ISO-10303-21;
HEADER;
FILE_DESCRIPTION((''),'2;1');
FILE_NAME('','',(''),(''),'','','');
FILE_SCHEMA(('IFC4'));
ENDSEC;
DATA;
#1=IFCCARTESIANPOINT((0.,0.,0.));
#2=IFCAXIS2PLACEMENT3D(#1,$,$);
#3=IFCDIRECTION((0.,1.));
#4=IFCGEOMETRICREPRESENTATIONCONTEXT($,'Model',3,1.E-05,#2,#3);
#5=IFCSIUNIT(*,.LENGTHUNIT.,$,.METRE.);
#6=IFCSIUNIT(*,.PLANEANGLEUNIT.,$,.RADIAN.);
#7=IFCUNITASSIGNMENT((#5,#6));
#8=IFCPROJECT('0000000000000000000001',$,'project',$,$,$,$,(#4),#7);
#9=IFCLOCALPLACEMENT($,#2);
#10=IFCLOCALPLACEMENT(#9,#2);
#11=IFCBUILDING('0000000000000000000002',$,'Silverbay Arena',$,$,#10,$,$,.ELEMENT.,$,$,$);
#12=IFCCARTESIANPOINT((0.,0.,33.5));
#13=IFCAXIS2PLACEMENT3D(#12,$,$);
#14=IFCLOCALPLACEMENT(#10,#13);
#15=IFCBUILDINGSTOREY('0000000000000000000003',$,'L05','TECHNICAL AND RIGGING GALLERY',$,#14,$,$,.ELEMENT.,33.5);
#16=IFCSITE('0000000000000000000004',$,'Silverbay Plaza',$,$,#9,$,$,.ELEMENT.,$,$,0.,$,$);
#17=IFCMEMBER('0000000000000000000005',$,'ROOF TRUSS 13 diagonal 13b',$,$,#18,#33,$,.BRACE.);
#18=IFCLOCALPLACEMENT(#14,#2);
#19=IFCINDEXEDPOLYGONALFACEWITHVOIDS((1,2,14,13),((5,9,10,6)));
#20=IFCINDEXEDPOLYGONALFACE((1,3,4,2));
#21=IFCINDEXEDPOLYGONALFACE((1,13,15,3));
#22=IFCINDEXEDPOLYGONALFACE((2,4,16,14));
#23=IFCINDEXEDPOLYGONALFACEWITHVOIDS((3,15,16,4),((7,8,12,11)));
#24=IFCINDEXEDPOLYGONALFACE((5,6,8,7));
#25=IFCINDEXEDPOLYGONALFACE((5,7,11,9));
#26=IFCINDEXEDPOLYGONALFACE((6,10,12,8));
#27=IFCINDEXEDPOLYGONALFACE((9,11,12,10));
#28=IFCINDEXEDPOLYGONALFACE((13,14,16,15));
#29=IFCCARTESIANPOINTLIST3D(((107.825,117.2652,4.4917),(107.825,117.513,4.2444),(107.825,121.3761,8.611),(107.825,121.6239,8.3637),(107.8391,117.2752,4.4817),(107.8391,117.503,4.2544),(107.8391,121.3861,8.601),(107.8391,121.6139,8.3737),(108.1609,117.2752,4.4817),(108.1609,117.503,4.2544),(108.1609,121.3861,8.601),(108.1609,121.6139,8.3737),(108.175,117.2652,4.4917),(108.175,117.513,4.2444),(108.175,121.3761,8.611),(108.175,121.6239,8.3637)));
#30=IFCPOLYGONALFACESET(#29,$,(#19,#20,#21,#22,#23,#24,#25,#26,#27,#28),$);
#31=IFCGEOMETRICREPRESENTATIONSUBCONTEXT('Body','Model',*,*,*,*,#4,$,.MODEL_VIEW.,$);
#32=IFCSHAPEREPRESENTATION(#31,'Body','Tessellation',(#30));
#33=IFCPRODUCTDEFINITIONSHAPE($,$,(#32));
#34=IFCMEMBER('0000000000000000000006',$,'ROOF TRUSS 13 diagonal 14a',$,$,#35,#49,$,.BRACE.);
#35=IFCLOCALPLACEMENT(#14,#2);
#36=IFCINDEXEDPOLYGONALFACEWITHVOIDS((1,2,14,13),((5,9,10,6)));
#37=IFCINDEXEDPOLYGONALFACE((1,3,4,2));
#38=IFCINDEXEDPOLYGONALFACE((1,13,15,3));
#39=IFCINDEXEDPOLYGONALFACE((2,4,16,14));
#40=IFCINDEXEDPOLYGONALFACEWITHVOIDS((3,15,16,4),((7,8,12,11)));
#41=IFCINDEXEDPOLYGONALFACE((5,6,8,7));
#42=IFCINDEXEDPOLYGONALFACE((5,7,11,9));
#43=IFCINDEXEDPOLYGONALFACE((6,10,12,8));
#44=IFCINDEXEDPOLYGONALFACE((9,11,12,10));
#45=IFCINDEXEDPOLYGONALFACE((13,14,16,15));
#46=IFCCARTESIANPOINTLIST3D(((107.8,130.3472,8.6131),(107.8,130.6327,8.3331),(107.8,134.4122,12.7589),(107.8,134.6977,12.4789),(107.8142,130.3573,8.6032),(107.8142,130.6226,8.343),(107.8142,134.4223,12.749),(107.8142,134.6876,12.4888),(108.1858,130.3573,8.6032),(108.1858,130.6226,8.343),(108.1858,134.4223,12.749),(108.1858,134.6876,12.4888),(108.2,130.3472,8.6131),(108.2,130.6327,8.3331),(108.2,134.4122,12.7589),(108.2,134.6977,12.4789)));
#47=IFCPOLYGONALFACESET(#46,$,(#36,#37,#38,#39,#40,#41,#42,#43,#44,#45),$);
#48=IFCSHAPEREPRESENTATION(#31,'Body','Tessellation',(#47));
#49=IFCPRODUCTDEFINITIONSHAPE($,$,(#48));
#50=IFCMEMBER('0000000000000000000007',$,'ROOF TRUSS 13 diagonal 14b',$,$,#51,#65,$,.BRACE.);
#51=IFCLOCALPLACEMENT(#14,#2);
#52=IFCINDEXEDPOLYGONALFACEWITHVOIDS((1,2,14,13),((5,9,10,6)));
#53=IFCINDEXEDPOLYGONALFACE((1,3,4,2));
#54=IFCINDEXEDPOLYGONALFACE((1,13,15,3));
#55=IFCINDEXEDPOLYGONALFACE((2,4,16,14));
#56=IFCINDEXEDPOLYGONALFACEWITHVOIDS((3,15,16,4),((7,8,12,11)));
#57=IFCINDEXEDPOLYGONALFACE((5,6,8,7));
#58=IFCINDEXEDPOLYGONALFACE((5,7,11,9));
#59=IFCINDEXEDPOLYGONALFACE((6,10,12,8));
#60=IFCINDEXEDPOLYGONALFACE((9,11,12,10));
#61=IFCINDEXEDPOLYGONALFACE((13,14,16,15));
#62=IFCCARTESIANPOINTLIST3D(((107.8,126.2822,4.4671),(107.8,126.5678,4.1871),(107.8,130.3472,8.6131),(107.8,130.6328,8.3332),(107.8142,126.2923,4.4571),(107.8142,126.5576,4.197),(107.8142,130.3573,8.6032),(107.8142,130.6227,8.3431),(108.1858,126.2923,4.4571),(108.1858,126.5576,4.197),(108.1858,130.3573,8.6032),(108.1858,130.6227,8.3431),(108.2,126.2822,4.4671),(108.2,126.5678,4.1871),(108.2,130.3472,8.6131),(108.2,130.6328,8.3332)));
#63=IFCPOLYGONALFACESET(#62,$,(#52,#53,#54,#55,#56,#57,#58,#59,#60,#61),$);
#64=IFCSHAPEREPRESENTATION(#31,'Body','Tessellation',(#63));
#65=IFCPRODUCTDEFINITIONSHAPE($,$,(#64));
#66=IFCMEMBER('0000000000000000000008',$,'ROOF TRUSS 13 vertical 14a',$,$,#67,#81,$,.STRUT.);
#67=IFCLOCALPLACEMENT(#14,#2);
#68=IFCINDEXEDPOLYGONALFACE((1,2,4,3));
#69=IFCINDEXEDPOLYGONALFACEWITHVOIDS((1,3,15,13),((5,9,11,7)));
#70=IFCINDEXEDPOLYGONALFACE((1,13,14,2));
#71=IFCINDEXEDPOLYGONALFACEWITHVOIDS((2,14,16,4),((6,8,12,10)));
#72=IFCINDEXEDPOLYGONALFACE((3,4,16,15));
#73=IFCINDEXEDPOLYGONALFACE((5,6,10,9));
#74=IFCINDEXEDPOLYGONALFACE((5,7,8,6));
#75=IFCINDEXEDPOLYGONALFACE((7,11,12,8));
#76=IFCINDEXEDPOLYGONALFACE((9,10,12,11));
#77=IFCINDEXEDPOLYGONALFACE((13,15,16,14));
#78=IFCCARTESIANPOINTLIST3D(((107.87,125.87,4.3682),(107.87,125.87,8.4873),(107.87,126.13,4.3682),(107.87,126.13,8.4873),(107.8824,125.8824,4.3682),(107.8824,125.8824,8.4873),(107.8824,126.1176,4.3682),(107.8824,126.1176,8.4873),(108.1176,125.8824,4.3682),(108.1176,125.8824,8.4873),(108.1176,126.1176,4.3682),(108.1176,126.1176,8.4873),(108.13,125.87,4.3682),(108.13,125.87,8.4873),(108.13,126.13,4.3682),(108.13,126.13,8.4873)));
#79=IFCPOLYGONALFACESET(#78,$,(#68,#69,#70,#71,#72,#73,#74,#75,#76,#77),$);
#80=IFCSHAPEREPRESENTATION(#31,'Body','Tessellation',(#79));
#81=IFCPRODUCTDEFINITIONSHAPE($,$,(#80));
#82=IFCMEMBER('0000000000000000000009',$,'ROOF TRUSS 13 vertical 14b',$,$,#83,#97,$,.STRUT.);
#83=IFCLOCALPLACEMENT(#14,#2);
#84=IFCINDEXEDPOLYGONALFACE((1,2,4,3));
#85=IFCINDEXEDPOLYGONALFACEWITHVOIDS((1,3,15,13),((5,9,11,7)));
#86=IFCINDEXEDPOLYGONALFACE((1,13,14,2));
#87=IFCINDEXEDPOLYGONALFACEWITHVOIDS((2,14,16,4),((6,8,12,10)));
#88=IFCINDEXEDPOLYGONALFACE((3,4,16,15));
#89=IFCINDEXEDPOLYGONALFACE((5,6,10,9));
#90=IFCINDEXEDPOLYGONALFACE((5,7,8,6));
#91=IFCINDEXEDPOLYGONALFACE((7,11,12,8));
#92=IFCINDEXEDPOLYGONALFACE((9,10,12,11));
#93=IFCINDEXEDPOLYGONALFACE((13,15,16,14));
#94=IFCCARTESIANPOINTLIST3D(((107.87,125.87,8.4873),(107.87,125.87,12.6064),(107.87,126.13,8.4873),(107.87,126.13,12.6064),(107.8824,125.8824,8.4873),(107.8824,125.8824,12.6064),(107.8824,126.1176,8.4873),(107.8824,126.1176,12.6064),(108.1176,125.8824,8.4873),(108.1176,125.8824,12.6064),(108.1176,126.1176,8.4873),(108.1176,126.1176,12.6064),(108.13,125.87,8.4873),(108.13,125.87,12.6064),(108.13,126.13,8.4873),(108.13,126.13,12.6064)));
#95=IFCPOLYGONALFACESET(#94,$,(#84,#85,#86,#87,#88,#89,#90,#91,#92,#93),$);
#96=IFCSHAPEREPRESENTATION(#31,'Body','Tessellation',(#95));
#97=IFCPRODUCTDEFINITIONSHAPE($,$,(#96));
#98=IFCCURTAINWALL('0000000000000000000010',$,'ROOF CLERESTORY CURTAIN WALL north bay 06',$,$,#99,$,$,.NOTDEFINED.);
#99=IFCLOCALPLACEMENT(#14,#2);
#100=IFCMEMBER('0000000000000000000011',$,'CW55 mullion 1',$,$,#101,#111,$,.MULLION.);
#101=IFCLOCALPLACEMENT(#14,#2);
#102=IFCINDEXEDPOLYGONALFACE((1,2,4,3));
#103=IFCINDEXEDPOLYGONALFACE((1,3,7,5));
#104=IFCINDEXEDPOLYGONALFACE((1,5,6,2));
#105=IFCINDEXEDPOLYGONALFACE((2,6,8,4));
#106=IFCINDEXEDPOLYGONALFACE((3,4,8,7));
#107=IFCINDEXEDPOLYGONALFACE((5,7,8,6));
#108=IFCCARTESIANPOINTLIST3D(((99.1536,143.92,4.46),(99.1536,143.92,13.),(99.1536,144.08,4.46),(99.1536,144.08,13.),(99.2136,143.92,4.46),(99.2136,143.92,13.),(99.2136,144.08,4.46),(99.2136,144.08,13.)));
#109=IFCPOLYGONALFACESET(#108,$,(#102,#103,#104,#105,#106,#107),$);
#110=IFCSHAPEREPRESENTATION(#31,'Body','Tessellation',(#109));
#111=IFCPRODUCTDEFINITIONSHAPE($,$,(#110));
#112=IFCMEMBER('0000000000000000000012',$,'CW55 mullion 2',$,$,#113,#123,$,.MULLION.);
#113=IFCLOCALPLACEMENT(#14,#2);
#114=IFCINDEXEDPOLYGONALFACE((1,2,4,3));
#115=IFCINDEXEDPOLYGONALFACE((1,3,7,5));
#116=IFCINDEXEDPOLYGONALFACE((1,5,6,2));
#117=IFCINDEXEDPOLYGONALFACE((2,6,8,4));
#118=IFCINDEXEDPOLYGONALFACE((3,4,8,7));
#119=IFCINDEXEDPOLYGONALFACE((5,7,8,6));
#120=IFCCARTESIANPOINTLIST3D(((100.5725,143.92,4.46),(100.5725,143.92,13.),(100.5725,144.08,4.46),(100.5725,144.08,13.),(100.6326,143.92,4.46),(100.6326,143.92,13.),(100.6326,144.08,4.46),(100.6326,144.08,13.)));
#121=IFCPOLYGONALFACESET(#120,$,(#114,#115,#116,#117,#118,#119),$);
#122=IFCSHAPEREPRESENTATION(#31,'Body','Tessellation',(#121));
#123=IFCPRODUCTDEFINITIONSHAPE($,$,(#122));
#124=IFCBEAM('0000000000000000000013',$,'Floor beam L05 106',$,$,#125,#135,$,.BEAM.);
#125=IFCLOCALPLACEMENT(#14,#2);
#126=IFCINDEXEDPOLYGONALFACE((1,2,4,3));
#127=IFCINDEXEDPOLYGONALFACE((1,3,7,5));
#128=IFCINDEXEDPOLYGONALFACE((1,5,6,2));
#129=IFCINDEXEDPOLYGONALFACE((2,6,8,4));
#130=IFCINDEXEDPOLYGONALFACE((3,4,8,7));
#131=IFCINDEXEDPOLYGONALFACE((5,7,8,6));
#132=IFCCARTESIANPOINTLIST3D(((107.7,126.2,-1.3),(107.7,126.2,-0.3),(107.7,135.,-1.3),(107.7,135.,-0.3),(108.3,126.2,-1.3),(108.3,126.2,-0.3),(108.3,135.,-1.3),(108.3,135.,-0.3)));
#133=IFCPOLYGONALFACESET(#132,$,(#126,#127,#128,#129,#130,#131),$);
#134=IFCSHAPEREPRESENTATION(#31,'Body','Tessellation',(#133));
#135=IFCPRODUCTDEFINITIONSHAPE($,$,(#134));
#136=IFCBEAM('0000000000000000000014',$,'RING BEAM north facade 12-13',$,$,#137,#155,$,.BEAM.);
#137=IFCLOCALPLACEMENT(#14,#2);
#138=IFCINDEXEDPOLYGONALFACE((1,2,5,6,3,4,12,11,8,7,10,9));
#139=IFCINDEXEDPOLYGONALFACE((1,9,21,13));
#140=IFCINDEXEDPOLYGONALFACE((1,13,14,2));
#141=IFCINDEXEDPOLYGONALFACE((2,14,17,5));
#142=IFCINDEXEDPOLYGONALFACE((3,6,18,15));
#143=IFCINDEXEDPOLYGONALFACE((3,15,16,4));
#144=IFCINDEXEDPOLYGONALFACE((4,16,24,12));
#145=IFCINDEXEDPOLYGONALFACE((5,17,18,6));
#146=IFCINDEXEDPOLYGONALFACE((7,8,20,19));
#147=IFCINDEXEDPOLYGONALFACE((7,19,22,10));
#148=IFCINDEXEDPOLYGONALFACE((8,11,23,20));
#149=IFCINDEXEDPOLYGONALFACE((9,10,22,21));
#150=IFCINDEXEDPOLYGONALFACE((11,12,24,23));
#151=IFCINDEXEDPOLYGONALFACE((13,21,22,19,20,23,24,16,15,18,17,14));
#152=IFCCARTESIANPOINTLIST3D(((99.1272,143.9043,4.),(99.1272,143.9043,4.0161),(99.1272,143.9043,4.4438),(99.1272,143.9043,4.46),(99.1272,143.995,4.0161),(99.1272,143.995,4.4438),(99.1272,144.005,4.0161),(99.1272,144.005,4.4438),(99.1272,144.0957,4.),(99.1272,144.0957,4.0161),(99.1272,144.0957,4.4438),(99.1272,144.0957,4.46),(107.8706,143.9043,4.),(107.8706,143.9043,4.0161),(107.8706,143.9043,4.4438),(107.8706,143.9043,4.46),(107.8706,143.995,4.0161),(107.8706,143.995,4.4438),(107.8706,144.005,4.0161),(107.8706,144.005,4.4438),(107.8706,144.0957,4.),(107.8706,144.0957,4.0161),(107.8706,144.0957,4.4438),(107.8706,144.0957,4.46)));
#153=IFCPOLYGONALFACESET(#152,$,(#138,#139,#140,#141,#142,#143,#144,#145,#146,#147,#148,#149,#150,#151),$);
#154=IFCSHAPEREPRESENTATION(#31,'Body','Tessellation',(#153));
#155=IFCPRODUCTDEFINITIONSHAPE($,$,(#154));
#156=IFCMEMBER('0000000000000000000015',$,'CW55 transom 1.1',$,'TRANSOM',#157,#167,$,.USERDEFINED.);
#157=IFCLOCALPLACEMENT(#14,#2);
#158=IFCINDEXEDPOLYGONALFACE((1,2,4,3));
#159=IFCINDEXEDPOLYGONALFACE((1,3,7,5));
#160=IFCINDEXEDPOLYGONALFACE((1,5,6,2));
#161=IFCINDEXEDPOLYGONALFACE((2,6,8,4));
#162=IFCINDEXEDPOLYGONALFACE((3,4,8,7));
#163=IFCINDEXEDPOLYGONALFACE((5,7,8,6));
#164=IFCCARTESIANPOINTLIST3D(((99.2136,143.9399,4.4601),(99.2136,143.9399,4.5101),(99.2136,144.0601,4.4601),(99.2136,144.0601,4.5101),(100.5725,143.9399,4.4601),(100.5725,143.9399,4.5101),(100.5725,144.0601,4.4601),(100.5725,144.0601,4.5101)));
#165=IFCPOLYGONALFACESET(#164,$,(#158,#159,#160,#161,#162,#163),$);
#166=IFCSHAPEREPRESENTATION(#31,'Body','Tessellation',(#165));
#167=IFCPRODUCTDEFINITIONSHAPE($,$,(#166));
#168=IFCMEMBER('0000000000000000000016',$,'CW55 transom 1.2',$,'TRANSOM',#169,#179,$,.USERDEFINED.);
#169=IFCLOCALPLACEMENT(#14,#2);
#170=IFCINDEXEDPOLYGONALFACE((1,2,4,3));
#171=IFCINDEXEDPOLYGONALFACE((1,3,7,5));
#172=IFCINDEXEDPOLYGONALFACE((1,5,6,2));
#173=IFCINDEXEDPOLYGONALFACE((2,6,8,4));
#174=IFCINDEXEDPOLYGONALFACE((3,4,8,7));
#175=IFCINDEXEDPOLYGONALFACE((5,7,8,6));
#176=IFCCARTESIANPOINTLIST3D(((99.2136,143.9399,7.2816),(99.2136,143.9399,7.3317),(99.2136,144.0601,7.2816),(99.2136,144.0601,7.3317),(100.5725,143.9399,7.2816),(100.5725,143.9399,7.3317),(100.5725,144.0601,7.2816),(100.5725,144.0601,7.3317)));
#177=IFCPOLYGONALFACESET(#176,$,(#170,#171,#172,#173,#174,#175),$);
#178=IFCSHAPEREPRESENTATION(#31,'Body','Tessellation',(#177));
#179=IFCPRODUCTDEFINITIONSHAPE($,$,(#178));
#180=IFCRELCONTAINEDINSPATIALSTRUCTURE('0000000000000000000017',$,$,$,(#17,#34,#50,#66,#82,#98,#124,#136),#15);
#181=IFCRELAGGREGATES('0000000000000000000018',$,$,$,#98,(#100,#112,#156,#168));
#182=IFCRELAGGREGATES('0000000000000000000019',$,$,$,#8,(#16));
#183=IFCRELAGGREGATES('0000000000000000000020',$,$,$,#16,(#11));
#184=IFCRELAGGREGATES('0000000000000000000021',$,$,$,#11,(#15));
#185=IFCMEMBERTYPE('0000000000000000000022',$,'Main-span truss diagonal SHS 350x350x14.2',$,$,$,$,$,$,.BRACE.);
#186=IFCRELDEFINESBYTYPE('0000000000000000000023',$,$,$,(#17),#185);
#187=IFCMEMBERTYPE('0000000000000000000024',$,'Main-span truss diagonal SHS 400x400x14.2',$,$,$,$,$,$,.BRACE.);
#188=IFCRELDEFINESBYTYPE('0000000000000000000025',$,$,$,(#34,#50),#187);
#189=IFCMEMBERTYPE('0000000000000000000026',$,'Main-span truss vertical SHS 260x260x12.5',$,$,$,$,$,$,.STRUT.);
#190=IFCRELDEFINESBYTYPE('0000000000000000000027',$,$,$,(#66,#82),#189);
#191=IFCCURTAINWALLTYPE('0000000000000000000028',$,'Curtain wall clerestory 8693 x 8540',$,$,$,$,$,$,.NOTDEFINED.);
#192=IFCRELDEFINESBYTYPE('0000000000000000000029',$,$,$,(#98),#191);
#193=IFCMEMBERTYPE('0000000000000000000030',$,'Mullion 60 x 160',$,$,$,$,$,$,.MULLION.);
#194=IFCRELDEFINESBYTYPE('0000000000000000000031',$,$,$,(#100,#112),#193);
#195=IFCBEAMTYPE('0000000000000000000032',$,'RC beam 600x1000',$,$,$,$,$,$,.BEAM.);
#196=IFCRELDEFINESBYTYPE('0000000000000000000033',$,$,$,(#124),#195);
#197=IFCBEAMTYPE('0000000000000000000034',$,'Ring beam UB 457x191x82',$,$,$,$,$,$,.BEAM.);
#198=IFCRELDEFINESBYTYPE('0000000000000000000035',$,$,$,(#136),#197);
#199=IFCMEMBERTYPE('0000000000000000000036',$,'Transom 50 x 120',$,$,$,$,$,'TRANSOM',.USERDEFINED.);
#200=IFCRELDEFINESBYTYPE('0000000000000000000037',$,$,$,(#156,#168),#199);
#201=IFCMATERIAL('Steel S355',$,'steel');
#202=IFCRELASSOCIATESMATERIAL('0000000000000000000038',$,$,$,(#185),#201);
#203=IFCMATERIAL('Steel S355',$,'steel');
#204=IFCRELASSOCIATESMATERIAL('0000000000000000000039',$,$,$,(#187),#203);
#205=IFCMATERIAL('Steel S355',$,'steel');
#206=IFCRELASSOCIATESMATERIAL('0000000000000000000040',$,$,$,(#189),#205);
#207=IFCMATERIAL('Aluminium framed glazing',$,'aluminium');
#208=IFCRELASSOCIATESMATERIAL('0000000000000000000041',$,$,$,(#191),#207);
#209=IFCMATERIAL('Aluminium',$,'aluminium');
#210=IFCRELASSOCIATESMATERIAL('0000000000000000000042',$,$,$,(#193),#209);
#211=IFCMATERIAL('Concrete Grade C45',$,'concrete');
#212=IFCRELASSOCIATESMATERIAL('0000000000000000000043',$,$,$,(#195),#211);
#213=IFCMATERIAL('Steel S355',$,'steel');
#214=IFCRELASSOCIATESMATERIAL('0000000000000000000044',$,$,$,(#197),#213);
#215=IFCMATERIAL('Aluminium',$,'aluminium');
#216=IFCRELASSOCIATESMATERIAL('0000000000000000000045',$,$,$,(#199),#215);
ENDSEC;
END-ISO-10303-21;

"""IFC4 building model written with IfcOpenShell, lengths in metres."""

from ifc_helpers import new_model, si_unit, direction, frame, origin, origin_2d, place, context, subcontext, project, spatial, rectangle, hollow_rectangle, i_section, extrude, material, material_profile, profile_set, type_object, element, aggregate, save


model = new_model("IFC4")

# Units and contexts
model_context = context("Model", 3, precision=1e-05, world=origin(), true_north=direction((0.0, 1.0)))
body_context = subcontext(model_context, "Body", "Model", "MODEL_VIEW")
ifc_project = project(units=[si_unit("LENGTHUNIT", "METRE"), si_unit("PLANEANGLEUNIT", "RADIAN")], contexts=[model_context])

# Site, building, storey
site_placement = place(None, origin())
site = spatial("IfcSite", under=ifc_project, at=site_placement, Name="Silverbay Plaza", CompositionType="ELEMENT", RefElevation=0.0)
building_placement = place(site_placement, origin())
building = spatial("IfcBuilding", under=site, at=building_placement, Name="Silverbay Arena", CompositionType="ELEMENT")
storey_placement = place(building_placement, frame((0.0, 0.0, 33.5)))
storey = spatial("IfcBuildingStorey", under=building, at=storey_placement, Name="L05", Description="TECHNICAL AND RIGGING GALLERY", CompositionType="ELEMENT", Elevation=33.5)

# Members
ifc_material_1 = material(Name="Steel S355", Category="steel")
ifc_material_profile_1 = material_profile(ifc_material_1, hollow_rectangle(XDim=0.3501, YDim=0.3501, WallThickness=0.0142, at=origin_2d()), Name="SHS 350x350x14.2")
ifc_profile_set_1 = profile_set([ifc_material_profile_1], Name="Steel S355")
member_type_1 = type_object("IfcMemberType", Name="Main-span truss diagonal SHS 350x350x14.2", PredefinedType="BRACE", material=ifc_profile_set_1)
for number, where, z_axis, x_axis, name in (
    (1, (108.0, 121.5, 8.4873), (0.0, -0.706393, -0.70782), (1.0, 0.0, 0.0), "ROOF TRUSS 13 diagonal 13b"),
):
    element("IfcMember", number, at=place(storey_placement, frame(where, z_axis=z_axis, x_axis=x_axis)), inside=storey, type_object=member_type_1, Name=name, PredefinedType="BRACE", context=body_context, shape_type="SweptSolid", body=[
        extrude(hollow_rectangle(XDim=0.3501, YDim=0.3501, WallThickness=0.0142, at=origin_2d()), origin(), (0.0, 0.0, 1.0), 5.8196),
    ])
ifc_material_2 = material(Name="Steel S355", Category="steel")
ifc_material_profile_2 = material_profile(ifc_material_2, hollow_rectangle(XDim=0.3999, YDim=0.3999, WallThickness=0.0142, at=origin_2d()), Name="SHS 400x400x14.2")
ifc_profile_set_2 = profile_set([ifc_material_profile_2], Name="Steel S355")
member_type_2 = type_object("IfcMemberType", Name="Main-span truss diagonal SHS 400x400x14.2", PredefinedType="BRACE", material=ifc_profile_set_2)
member_1_placement = place(storey_placement, frame((108.0, 134.5549, 12.6189), z_axis=(0.0, -0.700113, -0.714032), x_axis=(1.0, 0.0, 0.0)))
element("IfcMember", 2, at=member_1_placement, inside=storey, type_object=member_type_2, Name="ROOF TRUSS 13 diagonal 14a", PredefinedType="BRACE", context=body_context, shape_type="SweptSolid", body=[
    extrude(hollow_rectangle(XDim=0.3999, YDim=0.3999, WallThickness=0.0142, at=origin_2d()), origin(), (0.0, 0.0, 1.0), 5.8062),
])
member_2_placement = place(storey_placement, frame((108.0, 130.49, 8.4731), z_axis=(0.0, -0.700092, -0.714052), x_axis=(1.0, 0.0, 0.0)))
element("IfcMember", 3, at=member_2_placement, inside=storey, type_object=member_type_2, Name="ROOF TRUSS 13 diagonal 14b", PredefinedType="BRACE", context=body_context, shape_type="SweptSolid", body=[
    extrude(hollow_rectangle(XDim=0.3999, YDim=0.3999, WallThickness=0.0142, at=origin_2d()), origin(), (0.0, 0.0, 1.0), 5.8064),
])
ifc_material_3 = material(Name="Steel S355", Category="steel")
ifc_material_profile_3 = material_profile(ifc_material_3, hollow_rectangle(XDim=0.26, YDim=0.26, WallThickness=0.0125, at=origin_2d()), Name="SHS 260x260x12.5")
ifc_profile_set_3 = profile_set([ifc_material_profile_3], Name="Steel S355")
member_type_3 = type_object("IfcMemberType", Name="Main-span truss vertical SHS 260x260x12.5", PredefinedType="STRUT", material=ifc_profile_set_3)
for number, where, z_axis, x_axis, name in (
    (4, (108.0, 126.0, 4.3682), (0.0, 0.0, 1.0), (1.0, 0.0, 0.0), "ROOF TRUSS 13 vertical 14a"),
    (5, (108.0, 126.0, 8.4873), (0.0, 0.0, 1.0), (1.0, 0.0, 0.0), "ROOF TRUSS 13 vertical 14b"),
):
    element("IfcMember", number, at=place(storey_placement, frame(where, z_axis=z_axis, x_axis=x_axis)), inside=storey, type_object=member_type_3, Name=name, PredefinedType="STRUT", context=body_context, shape_type="SweptSolid", body=[
        extrude(hollow_rectangle(XDim=0.26, YDim=0.26, WallThickness=0.0125, at=origin_2d()), origin(), (0.0, 0.0, 1.0), 4.1191),
    ])

# Curtain wall, members
ifc_material_4 = material(Name="Aluminium framed glazing", Category="aluminium")
curtain_wall_type = type_object("IfcCurtainWallType", Name="Curtain wall clerestory 8693 x 8540", PredefinedType="NOTDEFINED", material=ifc_material_4)
curtain_wall_placement = place(storey_placement, origin())
curtain_wall = element("IfcCurtainWall", 6, at=curtain_wall_placement, inside=storey, type_object=curtain_wall_type, Name="ROOF CLERESTORY CURTAIN WALL north bay 06", PredefinedType="NOTDEFINED")
ifc_material_5 = material(Name="Aluminium", Category="aluminium")
ifc_material_profile_4 = material_profile(ifc_material_5, rectangle(XDim=0.1599, YDim=0.0601, at=origin_2d()), Name="Mullion 60 x 160")
ifc_profile_set_4 = profile_set([ifc_material_profile_4], Name="Aluminium")
member_type_4 = type_object("IfcMemberType", Name="Mullion 60 x 160", PredefinedType="MULLION", material=ifc_profile_set_4)
member_3_placement = place(storey_placement, frame((99.1836, 144.0, 4.46), z_axis=(0.0, 0.0, 1.0), x_axis=(0.0, 1.0, 0.0)))
member_3 = element("IfcMember", 7, at=member_3_placement, type_object=member_type_4, Name="CW55 mullion 1", PredefinedType="MULLION", context=body_context, shape_type="SweptSolid", body=[
    extrude(rectangle(XDim=0.1599, YDim=0.0601, at=origin_2d()), origin(), (0.0, 0.0, 1.0), 8.54),
])
member_4_placement = place(storey_placement, frame((100.6025, 144.0, 4.46), z_axis=(0.0, 0.0, 1.0), x_axis=(0.0, 1.0, 0.0)))
member_4 = element("IfcMember", 8, at=member_4_placement, type_object=member_type_4, Name="CW55 mullion 2", PredefinedType="MULLION", context=body_context, shape_type="SweptSolid", body=[
    extrude(rectangle(XDim=0.1599, YDim=0.0601, at=origin_2d()), origin(), (0.0, 0.0, 1.0), 8.54),
])

# Beams
ifc_material_6 = material(Name="Concrete Grade C45", Category="concrete")
ifc_material_profile_5 = material_profile(ifc_material_6, rectangle(XDim=0.6001, YDim=1.0, at=origin_2d()), Name="RC 600x1000")
ifc_profile_set_5 = profile_set([ifc_material_profile_5], Name="Concrete Grade C45")
beam_type_1 = type_object("IfcBeamType", Name="RC beam 600x1000", PredefinedType="BEAM", material=ifc_profile_set_5)
beam_1_placement = place(storey_placement, frame((108.0, 126.2, -0.8), z_axis=(0.0, 1.0, 0.0), x_axis=(-1.0, 0.0, 0.0)))
element("IfcBeam", 9, at=beam_1_placement, inside=storey, type_object=beam_type_1, Name="Floor beam L05 106", PredefinedType="BEAM", context=body_context, shape_type="SweptSolid", body=[
    extrude(rectangle(XDim=0.6001, YDim=1.0, at=origin_2d()), origin(), (0.0, 0.0, 1.0), 8.8),
])
ifc_material_7 = material(Name="Steel S355", Category="steel")
ifc_material_profile_6 = material_profile(ifc_material_7, i_section(OverallWidth=0.1914, OverallDepth=0.46, WebThickness=0.01, FlangeThickness=0.0161, at=origin_2d()), Name="UB 457x191x82")
ifc_profile_set_6 = profile_set([ifc_material_profile_6], Name="Steel S355")
beam_type_2 = type_object("IfcBeamType", Name="Ring beam UB 457x191x82", PredefinedType="BEAM", material=ifc_profile_set_6)
beam_2_placement = place(storey_placement, frame((99.1272, 144.0, 4.23), z_axis=(1.0, 0.0, 0.0), x_axis=(0.0, 1.0, 0.0)))
element("IfcBeam", 10, at=beam_2_placement, inside=storey, type_object=beam_type_2, Name="RING BEAM north facade 12-13", PredefinedType="BEAM", context=body_context, shape_type="SweptSolid", body=[
    extrude(i_section(OverallWidth=0.1914, OverallDepth=0.46, WebThickness=0.01, FlangeThickness=0.0161, at=origin_2d()), origin(), (0.0, 0.0, 1.0), 8.7434),
])

# Members
ifc_material_8 = material(Name="Aluminium", Category="aluminium")
ifc_material_profile_7 = material_profile(ifc_material_8, rectangle(XDim=0.1201, YDim=0.05, at=origin_2d()), Name="Transom 50 x 120")
ifc_profile_set_7 = profile_set([ifc_material_profile_7], Name="Aluminium")
member_type_5 = type_object("IfcMemberType", Name="Transom 50 x 120", ElementType="TRANSOM", PredefinedType="USERDEFINED", material=ifc_profile_set_7)
member_5_placement = place(storey_placement, frame((99.2136, 144.0, 4.4851), z_axis=(1.0, 0.0, 0.0), x_axis=(0.0, 1.0, 0.0)))
member_5 = element("IfcMember", 11, at=member_5_placement, type_object=member_type_5, Name="CW55 transom 1.1", ObjectType="TRANSOM", PredefinedType="USERDEFINED", context=body_context, shape_type="SweptSolid", body=[
    extrude(rectangle(XDim=0.1201, YDim=0.05, at=origin_2d()), origin(), (0.0, 0.0, 1.0), 1.3589),
])
member_6_placement = place(storey_placement, frame((99.2136, 144.0, 7.3066), z_axis=(1.0, 0.0, 0.0), x_axis=(0.0, 1.0, 0.0)))
member_6 = element("IfcMember", 12, at=member_6_placement, type_object=member_type_5, Name="CW55 transom 1.2", ObjectType="TRANSOM", PredefinedType="USERDEFINED", context=body_context, shape_type="SweptSolid", body=[
    extrude(rectangle(XDim=0.1201, YDim=0.05, at=origin_2d()), origin(), (0.0, 0.0, 1.0), 1.3589),
])

aggregate(curtain_wall, [member_3, member_4, member_5, member_6])

save(model, "model.ifc")
